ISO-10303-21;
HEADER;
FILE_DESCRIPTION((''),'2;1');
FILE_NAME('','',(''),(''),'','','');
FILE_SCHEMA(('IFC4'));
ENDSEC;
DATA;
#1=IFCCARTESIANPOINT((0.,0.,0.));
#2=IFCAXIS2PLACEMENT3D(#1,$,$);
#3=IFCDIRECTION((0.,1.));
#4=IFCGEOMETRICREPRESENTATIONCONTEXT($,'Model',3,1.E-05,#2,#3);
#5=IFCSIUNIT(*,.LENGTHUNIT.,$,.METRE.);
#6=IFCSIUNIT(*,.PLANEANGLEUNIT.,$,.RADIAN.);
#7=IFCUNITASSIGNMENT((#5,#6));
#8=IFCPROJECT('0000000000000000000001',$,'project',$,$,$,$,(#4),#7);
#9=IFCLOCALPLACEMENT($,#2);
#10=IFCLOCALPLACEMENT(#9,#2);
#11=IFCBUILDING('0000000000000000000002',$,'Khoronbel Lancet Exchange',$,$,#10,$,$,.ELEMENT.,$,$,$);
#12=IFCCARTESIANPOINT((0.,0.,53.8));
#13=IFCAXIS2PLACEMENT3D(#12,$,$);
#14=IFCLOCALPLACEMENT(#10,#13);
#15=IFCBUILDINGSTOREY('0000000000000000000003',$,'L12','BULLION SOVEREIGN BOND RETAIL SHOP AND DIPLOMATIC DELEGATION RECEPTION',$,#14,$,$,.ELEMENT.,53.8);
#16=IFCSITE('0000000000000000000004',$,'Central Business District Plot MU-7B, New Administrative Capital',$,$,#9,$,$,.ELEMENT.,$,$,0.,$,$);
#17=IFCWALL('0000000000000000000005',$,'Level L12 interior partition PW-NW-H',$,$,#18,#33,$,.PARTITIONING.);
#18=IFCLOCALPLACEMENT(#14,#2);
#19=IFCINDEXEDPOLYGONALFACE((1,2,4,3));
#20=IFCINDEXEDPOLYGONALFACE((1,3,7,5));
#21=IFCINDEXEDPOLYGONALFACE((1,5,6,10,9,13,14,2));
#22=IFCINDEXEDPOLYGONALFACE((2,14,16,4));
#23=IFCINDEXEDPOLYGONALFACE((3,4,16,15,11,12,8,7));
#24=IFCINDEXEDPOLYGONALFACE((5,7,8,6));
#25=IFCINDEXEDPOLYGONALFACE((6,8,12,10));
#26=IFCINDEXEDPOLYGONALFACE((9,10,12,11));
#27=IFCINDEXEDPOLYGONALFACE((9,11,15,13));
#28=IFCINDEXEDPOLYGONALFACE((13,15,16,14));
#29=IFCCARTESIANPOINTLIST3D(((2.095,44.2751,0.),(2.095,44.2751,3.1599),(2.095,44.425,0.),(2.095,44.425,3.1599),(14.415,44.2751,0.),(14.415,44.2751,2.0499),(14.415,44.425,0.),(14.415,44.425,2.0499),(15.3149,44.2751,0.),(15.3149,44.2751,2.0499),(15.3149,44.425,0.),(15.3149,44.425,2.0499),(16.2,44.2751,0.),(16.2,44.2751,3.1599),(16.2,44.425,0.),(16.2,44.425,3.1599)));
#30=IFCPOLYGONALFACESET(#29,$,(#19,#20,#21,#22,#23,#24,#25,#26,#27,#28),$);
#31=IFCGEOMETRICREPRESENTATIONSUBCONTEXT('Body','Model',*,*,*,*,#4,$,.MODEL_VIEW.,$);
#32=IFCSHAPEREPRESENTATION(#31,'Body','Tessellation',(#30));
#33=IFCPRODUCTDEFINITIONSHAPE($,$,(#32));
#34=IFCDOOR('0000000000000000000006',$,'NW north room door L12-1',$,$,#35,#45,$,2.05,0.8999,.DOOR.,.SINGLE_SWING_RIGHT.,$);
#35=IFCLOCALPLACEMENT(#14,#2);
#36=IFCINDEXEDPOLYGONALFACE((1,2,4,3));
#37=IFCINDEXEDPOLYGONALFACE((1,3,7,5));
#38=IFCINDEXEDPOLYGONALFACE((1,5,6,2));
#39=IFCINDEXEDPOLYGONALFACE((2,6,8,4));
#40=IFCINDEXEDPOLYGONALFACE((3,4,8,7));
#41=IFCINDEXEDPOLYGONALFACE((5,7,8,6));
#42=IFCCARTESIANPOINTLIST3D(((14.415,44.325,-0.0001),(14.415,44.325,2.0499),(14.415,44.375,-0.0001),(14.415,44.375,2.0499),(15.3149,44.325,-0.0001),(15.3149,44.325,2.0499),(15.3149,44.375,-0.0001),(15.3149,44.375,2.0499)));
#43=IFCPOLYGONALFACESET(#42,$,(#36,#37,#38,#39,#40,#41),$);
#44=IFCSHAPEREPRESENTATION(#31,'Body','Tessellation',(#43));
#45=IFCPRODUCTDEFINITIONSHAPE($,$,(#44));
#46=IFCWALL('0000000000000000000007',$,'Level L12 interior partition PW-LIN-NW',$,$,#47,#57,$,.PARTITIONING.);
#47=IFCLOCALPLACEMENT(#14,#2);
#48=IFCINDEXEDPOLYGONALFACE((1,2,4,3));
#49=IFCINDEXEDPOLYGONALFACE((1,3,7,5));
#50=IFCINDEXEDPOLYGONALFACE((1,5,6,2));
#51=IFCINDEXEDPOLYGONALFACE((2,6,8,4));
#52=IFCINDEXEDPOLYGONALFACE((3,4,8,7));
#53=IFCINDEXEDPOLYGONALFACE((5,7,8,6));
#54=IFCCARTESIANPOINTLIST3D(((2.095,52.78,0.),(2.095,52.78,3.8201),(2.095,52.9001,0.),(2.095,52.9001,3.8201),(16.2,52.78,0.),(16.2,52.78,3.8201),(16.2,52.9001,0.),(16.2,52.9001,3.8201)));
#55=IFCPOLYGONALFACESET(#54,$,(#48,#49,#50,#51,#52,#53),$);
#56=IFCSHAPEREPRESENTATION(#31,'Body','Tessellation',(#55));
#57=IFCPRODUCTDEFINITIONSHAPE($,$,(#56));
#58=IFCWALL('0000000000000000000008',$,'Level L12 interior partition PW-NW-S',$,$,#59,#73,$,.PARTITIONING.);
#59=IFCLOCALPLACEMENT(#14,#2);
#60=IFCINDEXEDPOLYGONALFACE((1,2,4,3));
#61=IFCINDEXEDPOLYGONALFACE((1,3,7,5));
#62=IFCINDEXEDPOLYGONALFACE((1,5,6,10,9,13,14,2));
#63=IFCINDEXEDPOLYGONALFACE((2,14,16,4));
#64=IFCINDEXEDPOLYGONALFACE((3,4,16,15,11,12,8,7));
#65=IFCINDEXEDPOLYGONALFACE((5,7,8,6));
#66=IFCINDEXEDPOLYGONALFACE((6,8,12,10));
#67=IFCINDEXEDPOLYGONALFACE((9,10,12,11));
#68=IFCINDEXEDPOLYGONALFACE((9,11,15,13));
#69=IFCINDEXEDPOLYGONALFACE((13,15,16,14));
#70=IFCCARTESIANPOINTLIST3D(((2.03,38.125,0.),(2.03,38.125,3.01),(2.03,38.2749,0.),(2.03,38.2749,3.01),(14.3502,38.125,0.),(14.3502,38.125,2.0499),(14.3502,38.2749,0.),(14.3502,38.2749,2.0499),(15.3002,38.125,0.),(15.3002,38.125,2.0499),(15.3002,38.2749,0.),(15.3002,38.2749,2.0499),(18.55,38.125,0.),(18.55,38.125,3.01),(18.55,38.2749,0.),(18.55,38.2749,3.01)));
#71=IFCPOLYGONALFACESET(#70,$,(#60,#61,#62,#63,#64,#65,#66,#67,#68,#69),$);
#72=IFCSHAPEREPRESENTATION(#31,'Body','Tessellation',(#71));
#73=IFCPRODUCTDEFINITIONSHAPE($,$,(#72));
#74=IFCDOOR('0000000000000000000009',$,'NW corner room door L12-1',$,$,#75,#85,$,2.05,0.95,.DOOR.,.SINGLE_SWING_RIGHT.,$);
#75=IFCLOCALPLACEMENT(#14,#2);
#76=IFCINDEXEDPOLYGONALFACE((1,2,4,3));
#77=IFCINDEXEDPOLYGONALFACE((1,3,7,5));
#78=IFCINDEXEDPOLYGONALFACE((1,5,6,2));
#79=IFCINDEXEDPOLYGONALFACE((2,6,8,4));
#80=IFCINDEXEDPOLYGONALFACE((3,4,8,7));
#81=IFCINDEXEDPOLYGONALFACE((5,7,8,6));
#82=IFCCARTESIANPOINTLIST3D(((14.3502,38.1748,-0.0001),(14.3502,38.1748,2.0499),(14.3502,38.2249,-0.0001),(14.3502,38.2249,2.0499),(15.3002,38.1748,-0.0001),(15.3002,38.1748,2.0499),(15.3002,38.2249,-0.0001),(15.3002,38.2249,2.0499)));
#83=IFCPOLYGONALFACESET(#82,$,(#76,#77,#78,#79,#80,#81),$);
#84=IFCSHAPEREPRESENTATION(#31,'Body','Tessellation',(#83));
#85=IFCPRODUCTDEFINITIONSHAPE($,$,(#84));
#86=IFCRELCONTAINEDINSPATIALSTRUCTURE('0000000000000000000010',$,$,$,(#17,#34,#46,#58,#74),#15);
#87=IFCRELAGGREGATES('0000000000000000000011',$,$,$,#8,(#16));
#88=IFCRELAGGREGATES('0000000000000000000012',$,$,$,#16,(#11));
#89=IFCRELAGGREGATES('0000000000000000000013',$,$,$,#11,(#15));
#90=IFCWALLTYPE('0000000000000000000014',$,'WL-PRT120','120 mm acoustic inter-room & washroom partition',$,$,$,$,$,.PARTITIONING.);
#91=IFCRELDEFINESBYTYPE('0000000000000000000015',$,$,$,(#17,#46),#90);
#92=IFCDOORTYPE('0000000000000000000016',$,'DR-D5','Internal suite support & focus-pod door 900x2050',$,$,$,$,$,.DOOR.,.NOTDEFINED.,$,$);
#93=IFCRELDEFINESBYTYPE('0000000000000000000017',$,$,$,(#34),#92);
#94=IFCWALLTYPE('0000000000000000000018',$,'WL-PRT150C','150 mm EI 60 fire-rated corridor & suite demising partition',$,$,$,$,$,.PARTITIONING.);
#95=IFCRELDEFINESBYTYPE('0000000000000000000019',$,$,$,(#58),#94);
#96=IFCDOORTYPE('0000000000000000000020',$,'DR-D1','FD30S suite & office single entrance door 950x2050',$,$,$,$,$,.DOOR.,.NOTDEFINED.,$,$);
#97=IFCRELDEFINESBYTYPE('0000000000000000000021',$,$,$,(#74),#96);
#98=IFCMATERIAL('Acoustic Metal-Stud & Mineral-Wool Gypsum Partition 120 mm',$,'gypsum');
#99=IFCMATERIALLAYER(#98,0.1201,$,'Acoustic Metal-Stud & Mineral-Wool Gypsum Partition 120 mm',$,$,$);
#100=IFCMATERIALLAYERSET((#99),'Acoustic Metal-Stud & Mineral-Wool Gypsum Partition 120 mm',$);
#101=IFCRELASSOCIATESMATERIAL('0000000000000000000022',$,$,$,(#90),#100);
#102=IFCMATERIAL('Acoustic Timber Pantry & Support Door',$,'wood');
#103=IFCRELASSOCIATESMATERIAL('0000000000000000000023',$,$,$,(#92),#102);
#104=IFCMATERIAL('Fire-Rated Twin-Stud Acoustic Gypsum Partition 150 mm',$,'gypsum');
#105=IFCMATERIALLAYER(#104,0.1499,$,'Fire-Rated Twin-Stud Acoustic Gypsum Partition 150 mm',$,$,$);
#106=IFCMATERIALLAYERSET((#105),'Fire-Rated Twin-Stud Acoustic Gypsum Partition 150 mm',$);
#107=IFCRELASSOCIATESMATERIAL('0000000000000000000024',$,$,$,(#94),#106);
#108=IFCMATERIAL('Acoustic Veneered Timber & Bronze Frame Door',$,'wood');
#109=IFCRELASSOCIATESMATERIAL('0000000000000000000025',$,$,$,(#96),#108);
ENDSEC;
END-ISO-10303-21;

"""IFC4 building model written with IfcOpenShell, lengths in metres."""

from ifc_helpers import new_model, si_unit, direction, frame, frame_2d, origin, place, context, subcontext, project, spatial, rectangle, extrude, material, layer, layer_set, type_object, element, fill, save


model = new_model("IFC4")

# Units and contexts
model_context = context("Model", 3, precision=1e-05, world=origin(), true_north=direction((0.0, 1.0)))
body_context = subcontext(model_context, "Body", "Model", "MODEL_VIEW")
ifc_project = project(units=[si_unit("LENGTHUNIT", "METRE"), si_unit("PLANEANGLEUNIT", "RADIAN")], contexts=[model_context])

# Site, building, storey
site_placement = place(None, origin())
site = spatial("IfcSite", under=ifc_project, at=site_placement, Name="Central Business District Plot MU-7B, New Administrative Capital", CompositionType="ELEMENT", RefElevation=0.0)
building_placement = place(site_placement, origin())
building = spatial("IfcBuilding", under=site, at=building_placement, Name="Khoronbel Lancet Exchange", CompositionType="ELEMENT")
storey_placement = place(building_placement, frame((0.0, 0.0, 53.8)))
storey = spatial("IfcBuildingStorey", under=building, at=storey_placement, Name="L12", Description="BULLION SOVEREIGN BOND RETAIL SHOP AND DIPLOMATIC DELEGATION RECEPTION", CompositionType="ELEMENT", Elevation=53.8)

# Wall, opening, door
ifc_material_1 = material(Name="Acoustic Metal-Stud & Mineral-Wool Gypsum Partition 120 mm", Category="gypsum")
ifc_layer_1 = layer(ifc_material_1, 0.1201, Name="Acoustic Metal-Stud & Mineral-Wool Gypsum Partition 120 mm")
ifc_layer_set_1 = layer_set([ifc_layer_1], Name="Acoustic Metal-Stud & Mineral-Wool Gypsum Partition 120 mm")
wall_type_1 = type_object("IfcWallType", Name="WL-PRT120", Description="120 mm acoustic inter-room & washroom partition", PredefinedType="PARTITIONING", material=ifc_layer_set_1)
wall_1_placement = place(storey_placement, frame((2.095, 44.3501, 0.0), z_axis=(0.0, 0.0, 1.0), x_axis=(1.0, 0.0, 0.0)))
wall_1 = element("IfcWall", 1, at=wall_1_placement, inside=storey, type_object=wall_type_1, Name="Level L12 interior partition PW-NW-H", PredefinedType="PARTITIONING", context=body_context, shape_type="SweptSolid", body=[
    extrude(rectangle(XDim=14.105, YDim=0.1499, at=frame_2d((7.0525, 0.0))), origin(), (0.0, 0.0, 1.0), 3.1599),
])
opening_1_placement = place(wall_1_placement, frame((12.3201, 0.0, 0.0)))
opening_1 = element("IfcOpeningElement", 2, at=opening_1_placement, cuts=wall_1, PredefinedType="OPENING", context=body_context, shape_type="SweptSolid", body=[
    extrude(rectangle(XDim=0.8999, YDim=2.05, at=frame_2d((0.45, 1.0249))), frame((0.0, 0.085, 0.0), z_axis=(0.0, -1.0, 0.0), x_axis=(1.0, 0.0, 0.0)), (0.0, 0.0, 1.0), 0.1699),
])
ifc_material_2 = material(Name="Acoustic Timber Pantry & Support Door", Category="wood")
door_type_1 = type_object("IfcDoorType", Name="DR-D5", Description="Internal suite support & focus-pod door 900x2050", OperationType="NOTDEFINED", PredefinedType="DOOR", material=ifc_material_2)
door_1_placement = place(opening_1_placement, origin())
door_1 = element("IfcDoor", 3, at=door_1_placement, inside=storey, type_object=door_type_1, Name="NW north room door L12-1", OperationType="SINGLE_SWING_RIGHT", OverallHeight=2.05, OverallWidth=0.8999, PredefinedType="DOOR", context=body_context, shape_type="SweptSolid", body=[
    extrude(rectangle(XDim=0.8999, YDim=2.05, at=frame_2d((0.45, 1.0249))), frame((0.0, 0.0249, 0.0), z_axis=(0.0, -1.0, 0.0), x_axis=(1.0, 0.0, 0.0)), (0.0, 0.0, 1.0), 0.05),
])
fill(opening_1, door_1)

# Wall
wall_2_placement = place(storey_placement, frame((2.095, 52.8401, 0.0), z_axis=(0.0, 0.0, 1.0), x_axis=(1.0, 0.0, 0.0)))
element("IfcWall", 4, at=wall_2_placement, inside=storey, type_object=wall_type_1, Name="Level L12 interior partition PW-LIN-NW", PredefinedType="PARTITIONING", context=body_context, shape_type="SweptSolid", body=[
    extrude(rectangle(XDim=14.105, YDim=0.1201, at=frame_2d((7.0525, 0.0))), origin(), (0.0, 0.0, 1.0), 3.8201),
])

# Wall, opening, door
ifc_material_3 = material(Name="Fire-Rated Twin-Stud Acoustic Gypsum Partition 150 mm", Category="gypsum")
ifc_layer_2 = layer(ifc_material_3, 0.1499, Name="Fire-Rated Twin-Stud Acoustic Gypsum Partition 150 mm")
ifc_layer_set_2 = layer_set([ifc_layer_2], Name="Fire-Rated Twin-Stud Acoustic Gypsum Partition 150 mm")
wall_type_2 = type_object("IfcWallType", Name="WL-PRT150C", Description="150 mm EI 60 fire-rated corridor & suite demising partition", PredefinedType="PARTITIONING", material=ifc_layer_set_2)
wall_3_placement = place(storey_placement, frame((2.03, 38.2, 0.0), z_axis=(0.0, 0.0, 1.0), x_axis=(1.0, 0.0, 0.0)))
wall_3 = element("IfcWall", 5, at=wall_3_placement, inside=storey, type_object=wall_type_2, Name="Level L12 interior partition PW-NW-S", PredefinedType="PARTITIONING", context=body_context, shape_type="SweptSolid", body=[
    extrude(rectangle(XDim=16.52, YDim=0.1499, at=frame_2d((8.26, 0.0))), origin(), (0.0, 0.0, 1.0), 3.01),
])
opening_2_placement = place(wall_3_placement, frame((12.3201, 0.0, 0.0)))
opening_2 = element("IfcOpeningElement", 6, at=opening_2_placement, cuts=wall_3, PredefinedType="OPENING", context=body_context, shape_type="SweptSolid", body=[
    extrude(rectangle(XDim=0.95, YDim=2.05, at=frame_2d((0.4751, 1.0249))), frame((0.0, 0.085, 0.0), z_axis=(0.0, -1.0, 0.0), x_axis=(1.0, 0.0, 0.0)), (0.0, 0.0, 1.0), 0.1699),
])
ifc_material_4 = material(Name="Acoustic Veneered Timber & Bronze Frame Door", Category="wood")
door_type_2 = type_object("IfcDoorType", Name="DR-D1", Description="FD30S suite & office single entrance door 950x2050", OperationType="NOTDEFINED", PredefinedType="DOOR", material=ifc_material_4)
door_2_placement = place(opening_2_placement, origin())
door_2 = element("IfcDoor", 7, at=door_2_placement, inside=storey, type_object=door_type_2, Name="NW corner room door L12-1", OperationType="SINGLE_SWING_RIGHT", OverallHeight=2.05, OverallWidth=0.95, PredefinedType="DOOR", context=body_context, shape_type="SweptSolid", body=[
    extrude(rectangle(XDim=0.95, YDim=2.05, at=frame_2d((0.4751, 1.0249))), frame((0.0, 0.0249, 0.0), z_axis=(0.0, -1.0, 0.0), x_axis=(1.0, 0.0, 0.0)), (0.0, 0.0, 1.0), 0.05),
])
fill(opening_2, door_2)

save(model, "model.ifc")
